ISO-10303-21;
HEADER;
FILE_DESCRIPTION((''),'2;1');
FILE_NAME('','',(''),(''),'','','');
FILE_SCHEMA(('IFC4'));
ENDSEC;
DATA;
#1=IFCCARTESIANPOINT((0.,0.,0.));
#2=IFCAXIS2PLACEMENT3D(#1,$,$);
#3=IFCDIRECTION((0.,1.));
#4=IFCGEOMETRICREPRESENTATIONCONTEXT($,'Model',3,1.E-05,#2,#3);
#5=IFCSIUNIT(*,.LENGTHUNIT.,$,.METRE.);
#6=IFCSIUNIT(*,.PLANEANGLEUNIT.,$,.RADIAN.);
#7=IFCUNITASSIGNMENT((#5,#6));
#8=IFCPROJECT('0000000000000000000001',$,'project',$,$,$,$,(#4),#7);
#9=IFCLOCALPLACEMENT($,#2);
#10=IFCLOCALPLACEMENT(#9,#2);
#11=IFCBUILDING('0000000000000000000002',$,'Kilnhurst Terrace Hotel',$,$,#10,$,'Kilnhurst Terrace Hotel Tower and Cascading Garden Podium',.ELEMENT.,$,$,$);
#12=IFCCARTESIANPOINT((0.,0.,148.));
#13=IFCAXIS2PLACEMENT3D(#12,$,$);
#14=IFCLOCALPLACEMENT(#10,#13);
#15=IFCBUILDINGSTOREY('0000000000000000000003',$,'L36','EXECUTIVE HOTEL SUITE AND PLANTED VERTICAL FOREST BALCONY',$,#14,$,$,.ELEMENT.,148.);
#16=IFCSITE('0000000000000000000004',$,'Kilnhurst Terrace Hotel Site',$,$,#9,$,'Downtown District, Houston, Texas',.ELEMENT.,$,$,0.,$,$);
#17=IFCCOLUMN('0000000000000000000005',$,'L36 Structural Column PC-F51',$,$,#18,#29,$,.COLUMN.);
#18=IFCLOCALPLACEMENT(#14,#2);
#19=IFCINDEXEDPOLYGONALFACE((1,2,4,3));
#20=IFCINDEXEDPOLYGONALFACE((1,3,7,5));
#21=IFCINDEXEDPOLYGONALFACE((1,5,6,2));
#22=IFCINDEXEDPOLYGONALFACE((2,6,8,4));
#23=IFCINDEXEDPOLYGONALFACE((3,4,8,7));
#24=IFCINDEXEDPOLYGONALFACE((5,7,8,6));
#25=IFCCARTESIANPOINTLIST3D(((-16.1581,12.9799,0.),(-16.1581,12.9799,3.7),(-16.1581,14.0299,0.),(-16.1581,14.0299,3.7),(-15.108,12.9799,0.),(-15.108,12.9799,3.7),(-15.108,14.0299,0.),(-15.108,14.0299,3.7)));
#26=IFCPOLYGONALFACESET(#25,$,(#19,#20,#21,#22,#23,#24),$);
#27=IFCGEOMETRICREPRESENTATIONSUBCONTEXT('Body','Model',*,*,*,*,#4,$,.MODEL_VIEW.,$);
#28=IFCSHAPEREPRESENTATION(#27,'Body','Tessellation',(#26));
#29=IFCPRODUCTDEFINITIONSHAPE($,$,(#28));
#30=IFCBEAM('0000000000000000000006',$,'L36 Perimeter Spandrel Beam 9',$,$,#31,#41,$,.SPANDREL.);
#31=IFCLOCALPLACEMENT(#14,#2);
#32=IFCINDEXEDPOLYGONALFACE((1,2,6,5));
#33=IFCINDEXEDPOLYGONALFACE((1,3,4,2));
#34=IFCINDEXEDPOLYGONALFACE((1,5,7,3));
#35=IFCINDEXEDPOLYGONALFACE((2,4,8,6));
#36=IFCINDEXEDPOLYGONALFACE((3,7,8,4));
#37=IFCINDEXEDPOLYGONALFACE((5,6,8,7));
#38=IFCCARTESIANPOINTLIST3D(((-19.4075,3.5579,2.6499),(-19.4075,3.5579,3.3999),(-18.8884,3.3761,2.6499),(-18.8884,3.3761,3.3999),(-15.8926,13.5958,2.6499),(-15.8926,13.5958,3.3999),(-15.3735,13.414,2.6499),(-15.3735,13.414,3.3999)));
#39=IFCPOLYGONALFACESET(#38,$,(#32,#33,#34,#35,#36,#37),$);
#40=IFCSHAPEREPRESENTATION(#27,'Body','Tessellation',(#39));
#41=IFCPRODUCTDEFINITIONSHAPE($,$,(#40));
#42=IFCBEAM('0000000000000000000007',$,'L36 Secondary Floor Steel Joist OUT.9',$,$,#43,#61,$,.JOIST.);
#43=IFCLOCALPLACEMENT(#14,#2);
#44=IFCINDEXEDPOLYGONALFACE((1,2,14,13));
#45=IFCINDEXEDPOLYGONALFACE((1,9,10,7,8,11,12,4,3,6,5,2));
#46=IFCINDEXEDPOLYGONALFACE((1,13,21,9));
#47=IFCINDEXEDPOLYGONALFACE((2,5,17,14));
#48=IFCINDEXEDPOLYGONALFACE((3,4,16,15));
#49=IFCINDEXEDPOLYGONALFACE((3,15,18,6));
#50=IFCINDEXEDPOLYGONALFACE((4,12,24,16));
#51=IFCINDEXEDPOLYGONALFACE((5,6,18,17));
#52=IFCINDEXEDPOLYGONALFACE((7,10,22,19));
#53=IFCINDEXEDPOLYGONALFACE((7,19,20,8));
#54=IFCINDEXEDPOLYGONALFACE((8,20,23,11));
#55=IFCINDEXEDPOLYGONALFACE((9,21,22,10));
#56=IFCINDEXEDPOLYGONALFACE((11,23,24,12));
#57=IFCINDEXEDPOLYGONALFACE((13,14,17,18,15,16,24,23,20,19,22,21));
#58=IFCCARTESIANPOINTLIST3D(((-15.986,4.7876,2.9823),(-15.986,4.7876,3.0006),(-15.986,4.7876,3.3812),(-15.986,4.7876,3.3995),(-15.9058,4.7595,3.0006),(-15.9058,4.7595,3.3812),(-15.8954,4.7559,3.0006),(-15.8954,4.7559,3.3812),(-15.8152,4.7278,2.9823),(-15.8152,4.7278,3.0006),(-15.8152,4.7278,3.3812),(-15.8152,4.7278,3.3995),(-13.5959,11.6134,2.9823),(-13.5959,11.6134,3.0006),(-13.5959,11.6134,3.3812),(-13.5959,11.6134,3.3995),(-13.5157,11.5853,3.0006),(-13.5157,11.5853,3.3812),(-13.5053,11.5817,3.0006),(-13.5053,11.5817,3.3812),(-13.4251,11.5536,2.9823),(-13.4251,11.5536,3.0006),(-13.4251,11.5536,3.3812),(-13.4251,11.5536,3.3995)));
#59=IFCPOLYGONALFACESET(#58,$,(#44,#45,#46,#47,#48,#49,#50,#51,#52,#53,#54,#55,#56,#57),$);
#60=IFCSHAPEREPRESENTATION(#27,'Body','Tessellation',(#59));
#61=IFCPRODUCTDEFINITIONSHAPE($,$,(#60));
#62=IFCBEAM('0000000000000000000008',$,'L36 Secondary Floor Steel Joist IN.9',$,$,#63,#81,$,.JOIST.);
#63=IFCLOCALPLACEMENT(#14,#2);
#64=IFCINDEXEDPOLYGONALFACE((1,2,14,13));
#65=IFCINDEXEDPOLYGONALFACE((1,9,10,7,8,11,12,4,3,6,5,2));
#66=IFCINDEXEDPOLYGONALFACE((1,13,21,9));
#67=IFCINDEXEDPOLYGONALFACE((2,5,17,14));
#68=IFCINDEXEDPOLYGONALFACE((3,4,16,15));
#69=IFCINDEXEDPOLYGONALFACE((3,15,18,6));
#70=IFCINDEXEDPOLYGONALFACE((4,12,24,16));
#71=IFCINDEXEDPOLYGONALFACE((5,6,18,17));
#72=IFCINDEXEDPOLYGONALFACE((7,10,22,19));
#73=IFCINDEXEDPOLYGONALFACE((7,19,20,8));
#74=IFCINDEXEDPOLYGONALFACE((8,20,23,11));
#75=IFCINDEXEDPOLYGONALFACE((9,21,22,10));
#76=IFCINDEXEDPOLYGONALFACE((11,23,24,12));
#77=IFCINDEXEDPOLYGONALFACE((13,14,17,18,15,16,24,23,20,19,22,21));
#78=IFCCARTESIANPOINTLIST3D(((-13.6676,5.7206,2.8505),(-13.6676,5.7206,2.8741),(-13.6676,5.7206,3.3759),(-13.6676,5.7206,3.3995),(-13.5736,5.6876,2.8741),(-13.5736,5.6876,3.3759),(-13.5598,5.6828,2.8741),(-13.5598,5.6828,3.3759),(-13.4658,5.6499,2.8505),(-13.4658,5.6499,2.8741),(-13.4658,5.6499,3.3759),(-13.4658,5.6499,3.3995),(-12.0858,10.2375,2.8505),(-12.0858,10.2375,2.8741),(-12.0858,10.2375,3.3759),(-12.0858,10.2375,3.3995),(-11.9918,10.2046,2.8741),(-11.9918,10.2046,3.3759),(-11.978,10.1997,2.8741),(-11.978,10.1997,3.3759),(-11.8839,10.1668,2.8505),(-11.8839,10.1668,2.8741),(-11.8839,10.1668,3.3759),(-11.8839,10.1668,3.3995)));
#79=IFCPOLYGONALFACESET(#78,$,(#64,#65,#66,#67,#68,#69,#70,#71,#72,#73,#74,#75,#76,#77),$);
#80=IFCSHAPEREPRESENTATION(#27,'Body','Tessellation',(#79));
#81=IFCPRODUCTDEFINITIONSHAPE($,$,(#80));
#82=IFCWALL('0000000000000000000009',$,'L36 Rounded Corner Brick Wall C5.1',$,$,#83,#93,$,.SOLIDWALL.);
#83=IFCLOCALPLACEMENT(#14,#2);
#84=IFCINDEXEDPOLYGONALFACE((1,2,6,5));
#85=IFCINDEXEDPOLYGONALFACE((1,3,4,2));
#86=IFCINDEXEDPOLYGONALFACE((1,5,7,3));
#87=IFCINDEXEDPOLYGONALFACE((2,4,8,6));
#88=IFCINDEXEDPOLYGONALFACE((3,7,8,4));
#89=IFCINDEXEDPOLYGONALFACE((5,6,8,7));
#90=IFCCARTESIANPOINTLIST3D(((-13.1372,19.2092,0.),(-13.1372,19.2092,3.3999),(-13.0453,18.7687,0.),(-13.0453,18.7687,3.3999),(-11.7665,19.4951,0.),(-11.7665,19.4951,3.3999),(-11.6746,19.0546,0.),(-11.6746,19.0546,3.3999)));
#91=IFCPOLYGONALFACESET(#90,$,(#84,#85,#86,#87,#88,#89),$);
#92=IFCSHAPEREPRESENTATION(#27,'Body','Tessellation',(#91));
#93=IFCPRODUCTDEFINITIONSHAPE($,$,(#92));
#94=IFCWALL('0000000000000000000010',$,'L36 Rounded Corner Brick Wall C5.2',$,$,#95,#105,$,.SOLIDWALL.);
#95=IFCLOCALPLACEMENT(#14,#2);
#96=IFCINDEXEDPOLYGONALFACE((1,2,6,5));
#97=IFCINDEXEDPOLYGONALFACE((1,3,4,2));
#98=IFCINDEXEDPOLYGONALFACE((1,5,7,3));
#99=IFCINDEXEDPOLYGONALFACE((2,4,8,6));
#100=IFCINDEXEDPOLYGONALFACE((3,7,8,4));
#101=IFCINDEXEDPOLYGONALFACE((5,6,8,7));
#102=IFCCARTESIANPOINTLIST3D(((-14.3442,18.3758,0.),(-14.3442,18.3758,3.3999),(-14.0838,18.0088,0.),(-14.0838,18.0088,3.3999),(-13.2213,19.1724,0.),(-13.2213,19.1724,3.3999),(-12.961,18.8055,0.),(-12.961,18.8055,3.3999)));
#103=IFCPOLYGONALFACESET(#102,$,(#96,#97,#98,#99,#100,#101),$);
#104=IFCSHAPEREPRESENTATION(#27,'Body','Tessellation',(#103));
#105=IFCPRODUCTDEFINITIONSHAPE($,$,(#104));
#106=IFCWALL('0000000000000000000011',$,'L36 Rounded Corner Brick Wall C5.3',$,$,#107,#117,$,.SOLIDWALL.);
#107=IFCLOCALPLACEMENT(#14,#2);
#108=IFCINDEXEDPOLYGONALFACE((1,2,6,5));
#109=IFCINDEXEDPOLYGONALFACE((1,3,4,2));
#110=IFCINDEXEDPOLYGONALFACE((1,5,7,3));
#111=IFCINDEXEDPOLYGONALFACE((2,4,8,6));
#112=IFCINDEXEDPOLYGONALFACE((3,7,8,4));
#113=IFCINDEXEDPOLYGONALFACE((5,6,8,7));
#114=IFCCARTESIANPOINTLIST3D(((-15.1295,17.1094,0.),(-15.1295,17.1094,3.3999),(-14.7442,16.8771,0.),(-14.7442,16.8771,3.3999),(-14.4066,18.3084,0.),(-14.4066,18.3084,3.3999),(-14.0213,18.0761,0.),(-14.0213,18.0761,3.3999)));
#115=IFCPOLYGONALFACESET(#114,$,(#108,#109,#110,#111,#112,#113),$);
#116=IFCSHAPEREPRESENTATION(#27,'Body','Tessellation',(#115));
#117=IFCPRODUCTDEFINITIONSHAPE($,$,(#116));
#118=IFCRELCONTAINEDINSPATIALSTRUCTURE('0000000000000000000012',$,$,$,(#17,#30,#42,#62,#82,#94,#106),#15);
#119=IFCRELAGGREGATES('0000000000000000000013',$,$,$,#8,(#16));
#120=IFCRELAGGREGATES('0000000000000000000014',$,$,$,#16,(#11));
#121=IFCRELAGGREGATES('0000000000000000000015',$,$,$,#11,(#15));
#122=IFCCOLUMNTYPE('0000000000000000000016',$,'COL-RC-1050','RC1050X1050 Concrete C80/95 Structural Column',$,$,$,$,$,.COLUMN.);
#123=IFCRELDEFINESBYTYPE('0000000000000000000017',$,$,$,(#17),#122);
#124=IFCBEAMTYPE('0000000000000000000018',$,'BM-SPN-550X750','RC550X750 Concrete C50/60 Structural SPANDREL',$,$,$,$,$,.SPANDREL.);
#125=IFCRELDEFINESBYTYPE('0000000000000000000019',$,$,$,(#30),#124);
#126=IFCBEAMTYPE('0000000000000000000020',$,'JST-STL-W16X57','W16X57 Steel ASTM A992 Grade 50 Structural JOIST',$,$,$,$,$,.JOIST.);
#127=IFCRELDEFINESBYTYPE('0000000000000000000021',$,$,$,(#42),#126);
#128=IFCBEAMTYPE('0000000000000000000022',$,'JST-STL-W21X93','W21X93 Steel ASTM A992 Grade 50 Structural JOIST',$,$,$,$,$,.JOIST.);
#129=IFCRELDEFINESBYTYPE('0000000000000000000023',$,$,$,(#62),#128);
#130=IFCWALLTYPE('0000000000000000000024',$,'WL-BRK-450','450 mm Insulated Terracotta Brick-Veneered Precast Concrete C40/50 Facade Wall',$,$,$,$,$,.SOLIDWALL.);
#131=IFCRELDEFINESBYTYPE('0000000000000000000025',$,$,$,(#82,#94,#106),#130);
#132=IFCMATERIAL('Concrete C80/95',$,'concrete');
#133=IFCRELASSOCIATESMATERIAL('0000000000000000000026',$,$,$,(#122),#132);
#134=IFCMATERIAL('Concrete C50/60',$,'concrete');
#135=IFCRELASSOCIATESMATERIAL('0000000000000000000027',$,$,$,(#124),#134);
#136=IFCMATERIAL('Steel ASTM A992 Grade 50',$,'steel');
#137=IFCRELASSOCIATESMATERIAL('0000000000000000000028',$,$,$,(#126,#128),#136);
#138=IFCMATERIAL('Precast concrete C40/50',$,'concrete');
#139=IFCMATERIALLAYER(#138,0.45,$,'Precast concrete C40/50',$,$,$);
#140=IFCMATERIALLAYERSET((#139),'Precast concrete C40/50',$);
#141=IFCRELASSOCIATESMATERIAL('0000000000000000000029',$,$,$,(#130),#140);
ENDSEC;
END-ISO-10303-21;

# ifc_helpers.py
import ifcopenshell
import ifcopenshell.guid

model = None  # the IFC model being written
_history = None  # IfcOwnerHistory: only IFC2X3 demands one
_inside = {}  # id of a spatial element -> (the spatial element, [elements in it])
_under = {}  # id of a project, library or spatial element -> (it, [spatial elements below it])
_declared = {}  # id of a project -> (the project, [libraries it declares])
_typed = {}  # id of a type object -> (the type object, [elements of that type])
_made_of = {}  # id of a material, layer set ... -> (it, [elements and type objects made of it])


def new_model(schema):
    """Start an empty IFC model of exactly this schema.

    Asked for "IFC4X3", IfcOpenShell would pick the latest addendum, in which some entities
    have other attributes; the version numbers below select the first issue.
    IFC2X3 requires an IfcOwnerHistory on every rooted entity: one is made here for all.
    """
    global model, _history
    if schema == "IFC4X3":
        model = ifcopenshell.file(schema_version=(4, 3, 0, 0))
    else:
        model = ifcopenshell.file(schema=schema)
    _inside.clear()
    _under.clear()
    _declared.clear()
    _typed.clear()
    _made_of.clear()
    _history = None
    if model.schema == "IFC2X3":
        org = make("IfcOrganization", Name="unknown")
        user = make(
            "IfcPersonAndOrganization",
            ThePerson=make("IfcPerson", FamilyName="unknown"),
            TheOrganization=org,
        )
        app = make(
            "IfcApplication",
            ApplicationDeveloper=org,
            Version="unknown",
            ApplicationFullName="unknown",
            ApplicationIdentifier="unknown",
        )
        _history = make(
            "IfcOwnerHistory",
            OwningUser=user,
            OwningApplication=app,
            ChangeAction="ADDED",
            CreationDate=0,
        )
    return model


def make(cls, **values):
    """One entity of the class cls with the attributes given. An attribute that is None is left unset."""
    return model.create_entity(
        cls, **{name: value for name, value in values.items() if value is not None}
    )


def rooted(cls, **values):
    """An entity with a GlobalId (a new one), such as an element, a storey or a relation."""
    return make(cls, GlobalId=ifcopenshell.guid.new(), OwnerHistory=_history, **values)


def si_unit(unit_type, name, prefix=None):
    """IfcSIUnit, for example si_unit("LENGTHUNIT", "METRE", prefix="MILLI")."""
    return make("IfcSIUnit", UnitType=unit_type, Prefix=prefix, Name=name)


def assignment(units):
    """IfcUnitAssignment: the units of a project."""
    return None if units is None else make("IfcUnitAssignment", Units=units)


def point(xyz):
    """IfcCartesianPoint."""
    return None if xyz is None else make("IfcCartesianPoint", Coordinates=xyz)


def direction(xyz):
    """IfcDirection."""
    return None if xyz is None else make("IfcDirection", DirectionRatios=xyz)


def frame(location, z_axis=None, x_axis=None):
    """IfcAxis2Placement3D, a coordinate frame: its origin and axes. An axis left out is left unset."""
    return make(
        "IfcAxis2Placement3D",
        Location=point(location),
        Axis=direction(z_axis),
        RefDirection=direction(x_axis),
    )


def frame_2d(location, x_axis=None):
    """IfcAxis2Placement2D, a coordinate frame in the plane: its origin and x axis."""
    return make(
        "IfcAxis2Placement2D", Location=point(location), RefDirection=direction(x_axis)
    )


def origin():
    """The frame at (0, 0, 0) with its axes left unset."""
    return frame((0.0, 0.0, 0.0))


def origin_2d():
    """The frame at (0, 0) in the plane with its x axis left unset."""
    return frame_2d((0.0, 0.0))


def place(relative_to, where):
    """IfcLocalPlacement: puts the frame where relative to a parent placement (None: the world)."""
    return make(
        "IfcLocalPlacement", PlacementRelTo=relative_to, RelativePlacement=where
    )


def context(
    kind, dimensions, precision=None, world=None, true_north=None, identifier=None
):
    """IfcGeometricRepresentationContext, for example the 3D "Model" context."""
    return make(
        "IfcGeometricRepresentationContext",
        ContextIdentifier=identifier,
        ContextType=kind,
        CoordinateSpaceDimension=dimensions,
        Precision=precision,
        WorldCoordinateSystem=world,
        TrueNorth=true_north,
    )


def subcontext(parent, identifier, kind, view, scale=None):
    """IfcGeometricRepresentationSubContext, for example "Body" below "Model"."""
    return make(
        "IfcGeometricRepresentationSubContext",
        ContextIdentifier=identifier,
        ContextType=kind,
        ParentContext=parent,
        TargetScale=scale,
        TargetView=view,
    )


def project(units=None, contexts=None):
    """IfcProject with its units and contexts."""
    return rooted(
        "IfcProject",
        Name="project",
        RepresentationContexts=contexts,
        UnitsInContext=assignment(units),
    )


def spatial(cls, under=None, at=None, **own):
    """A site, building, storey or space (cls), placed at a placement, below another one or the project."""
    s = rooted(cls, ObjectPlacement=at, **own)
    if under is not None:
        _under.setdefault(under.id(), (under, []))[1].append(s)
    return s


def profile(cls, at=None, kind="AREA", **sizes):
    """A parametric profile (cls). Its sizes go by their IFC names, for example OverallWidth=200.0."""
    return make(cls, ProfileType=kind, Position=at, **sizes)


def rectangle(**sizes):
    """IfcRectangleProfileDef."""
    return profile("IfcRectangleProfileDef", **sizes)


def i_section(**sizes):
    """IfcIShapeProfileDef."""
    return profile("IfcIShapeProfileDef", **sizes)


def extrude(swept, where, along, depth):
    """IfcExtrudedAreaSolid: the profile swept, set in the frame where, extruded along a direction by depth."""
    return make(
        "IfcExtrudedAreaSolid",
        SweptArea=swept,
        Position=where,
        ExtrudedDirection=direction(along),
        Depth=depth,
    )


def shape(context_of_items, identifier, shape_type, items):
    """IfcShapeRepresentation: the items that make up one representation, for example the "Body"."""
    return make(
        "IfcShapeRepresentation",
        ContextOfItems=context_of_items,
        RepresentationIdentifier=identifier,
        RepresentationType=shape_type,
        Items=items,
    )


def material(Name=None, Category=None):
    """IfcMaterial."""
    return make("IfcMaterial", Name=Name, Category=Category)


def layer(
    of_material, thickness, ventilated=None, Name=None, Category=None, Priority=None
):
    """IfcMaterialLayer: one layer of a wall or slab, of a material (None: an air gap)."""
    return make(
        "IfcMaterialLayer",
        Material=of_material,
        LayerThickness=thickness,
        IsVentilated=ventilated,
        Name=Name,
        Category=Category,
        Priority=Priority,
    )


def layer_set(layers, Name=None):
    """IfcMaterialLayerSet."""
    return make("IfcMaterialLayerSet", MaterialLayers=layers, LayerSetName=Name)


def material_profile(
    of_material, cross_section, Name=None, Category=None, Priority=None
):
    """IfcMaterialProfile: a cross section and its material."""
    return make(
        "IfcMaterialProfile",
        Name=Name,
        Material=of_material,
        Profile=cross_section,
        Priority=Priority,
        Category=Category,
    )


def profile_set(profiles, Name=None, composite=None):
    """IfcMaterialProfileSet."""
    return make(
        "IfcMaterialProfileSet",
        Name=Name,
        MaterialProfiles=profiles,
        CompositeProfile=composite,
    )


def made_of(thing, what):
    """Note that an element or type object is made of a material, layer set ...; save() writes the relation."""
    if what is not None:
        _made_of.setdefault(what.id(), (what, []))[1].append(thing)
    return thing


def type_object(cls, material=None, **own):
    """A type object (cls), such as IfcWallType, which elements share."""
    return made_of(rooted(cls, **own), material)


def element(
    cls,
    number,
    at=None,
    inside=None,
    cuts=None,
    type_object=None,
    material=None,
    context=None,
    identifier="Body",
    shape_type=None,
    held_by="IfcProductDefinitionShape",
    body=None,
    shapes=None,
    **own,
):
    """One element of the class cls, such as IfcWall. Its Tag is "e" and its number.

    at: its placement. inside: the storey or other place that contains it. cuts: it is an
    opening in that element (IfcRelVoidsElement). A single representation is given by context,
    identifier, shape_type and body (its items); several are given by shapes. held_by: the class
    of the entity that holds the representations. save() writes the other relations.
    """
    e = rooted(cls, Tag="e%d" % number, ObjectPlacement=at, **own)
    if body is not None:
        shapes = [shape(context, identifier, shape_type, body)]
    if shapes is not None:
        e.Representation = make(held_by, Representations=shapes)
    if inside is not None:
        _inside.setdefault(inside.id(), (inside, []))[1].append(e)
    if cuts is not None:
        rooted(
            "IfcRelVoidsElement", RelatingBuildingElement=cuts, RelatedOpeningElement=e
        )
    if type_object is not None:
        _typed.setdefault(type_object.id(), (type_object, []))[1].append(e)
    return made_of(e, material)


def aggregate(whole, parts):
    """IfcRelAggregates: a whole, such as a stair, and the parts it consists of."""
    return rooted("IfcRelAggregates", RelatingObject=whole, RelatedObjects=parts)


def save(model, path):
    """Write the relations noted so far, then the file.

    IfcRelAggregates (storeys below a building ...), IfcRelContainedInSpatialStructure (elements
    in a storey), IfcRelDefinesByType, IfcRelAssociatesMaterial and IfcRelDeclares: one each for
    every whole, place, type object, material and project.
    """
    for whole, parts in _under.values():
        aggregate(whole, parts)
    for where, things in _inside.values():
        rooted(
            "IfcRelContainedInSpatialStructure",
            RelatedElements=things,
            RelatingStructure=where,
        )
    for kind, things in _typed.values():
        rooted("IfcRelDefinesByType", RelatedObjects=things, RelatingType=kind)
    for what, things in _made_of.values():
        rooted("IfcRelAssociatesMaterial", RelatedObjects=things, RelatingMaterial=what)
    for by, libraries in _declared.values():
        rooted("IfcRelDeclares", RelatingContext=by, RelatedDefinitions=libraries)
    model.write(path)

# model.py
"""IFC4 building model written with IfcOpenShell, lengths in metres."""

from ifc_helpers import new_model, si_unit, direction, frame, frame_2d, origin, origin_2d, place, context, subcontext, project, spatial, rectangle, i_section, extrude, material, layer, layer_set, material_profile, profile_set, type_object, element, save


model = new_model("IFC4")

# Units and contexts
model_context = context("Model", 3, precision=1e-05, world=origin(), true_north=direction((0.0, 1.0)))
body_context = subcontext(model_context, "Body", "Model", "MODEL_VIEW")
ifc_project = project(units=[si_unit("LENGTHUNIT", "METRE"), si_unit("PLANEANGLEUNIT", "RADIAN")], contexts=[model_context])

# Site, building, storey
site_placement = place(None, origin())
site = spatial("IfcSite", under=ifc_project, at=site_placement, Name="Kilnhurst Terrace Hotel Site", LongName="Downtown District, Houston, Texas", CompositionType="ELEMENT", RefElevation=0.0)
building_placement = place(site_placement, origin())
building = spatial("IfcBuilding", under=site, at=building_placement, Name="Kilnhurst Terrace Hotel", LongName="Kilnhurst Terrace Hotel Tower and Cascading Garden Podium", CompositionType="ELEMENT")
storey_placement = place(building_placement, frame((0.0, 0.0, 148.0)))
storey = spatial("IfcBuildingStorey", under=building, at=storey_placement, Name="L36", Description="EXECUTIVE HOTEL SUITE AND PLANTED VERTICAL FOREST BALCONY", CompositionType="ELEMENT", Elevation=148.0)

# Column
ifc_material_1 = material(Name="Concrete C80/95", Category="concrete")
ifc_material_profile_1 = material_profile(ifc_material_1, rectangle(XDim=1.05, YDim=1.05, at=origin_2d()), Name="RC1050X1050")
ifc_profile_set_1 = profile_set([ifc_material_profile_1], Name="Concrete C80/95")
column_type = type_object("IfcColumnType", Name="COL-RC-1050", Description="RC1050X1050 Concrete C80/95 Structural Column", PredefinedType="COLUMN", material=ifc_profile_set_1)
column_placement = place(storey_placement, frame((-15.6331, 13.5049, 0.0), z_axis=(0.0, 0.0, 1.0), x_axis=(1.0, 0.0, 0.0)))
element("IfcColumn", 1, at=column_placement, inside=storey, type_object=column_type, Name="L36 Structural Column PC-F51", PredefinedType="COLUMN", context=body_context, shape_type="SweptSolid", body=[
    extrude(rectangle(XDim=1.05, YDim=1.05, at=origin_2d()), origin(), (0.0, 0.0, 1.0), 3.7),
])

# Beams
ifc_material_2 = material(Name="Concrete C50/60", Category="concrete")
ifc_material_profile_2 = material_profile(ifc_material_2, rectangle(XDim=0.55, YDim=0.75, at=origin_2d()), Name="RC550X750")
ifc_profile_set_2 = profile_set([ifc_material_profile_2], Name="Concrete C50/60")
beam_type_1 = type_object("IfcBeamType", Name="BM-SPN-550X750", Description="RC550X750 Concrete C50/60 Structural SPANDREL", PredefinedType="SPANDREL", material=ifc_profile_set_2)
beam_1_placement = place(storey_placement, frame((-15.6331, 13.5049, 3.0249), z_axis=(-0.330488, -0.94381, 0.0), x_axis=(0.94381, -0.330488, 0.0)))
element("IfcBeam", 2, at=beam_1_placement, inside=storey, type_object=beam_type_1, Name="L36 Perimeter Spandrel Beam 9", PredefinedType="SPANDREL", context=body_context, shape_type="SweptSolid", body=[
    extrude(rectangle(XDim=0.55, YDim=0.75, at=origin_2d()), origin(), (0.0, 0.0, 1.0), 10.6355),
])
ifc_material_3 = material(Name="Steel ASTM A992 Grade 50", Category="steel")
ifc_material_profile_3 = material_profile(ifc_material_3, i_section(OverallWidth=0.1809, OverallDepth=0.4172, WebThickness=0.011, FlangeThickness=0.0183, at=origin_2d()), Name="W16X57")
ifc_profile_set_3 = profile_set([ifc_material_profile_3], Name="Steel ASTM A992 Grade 50")
beam_type_2 = type_object("IfcBeamType", Name="JST-STL-W16X57", Description="W16X57 Steel ASTM A992 Grade 50 Structural JOIST", PredefinedType="JOIST", material=ifc_profile_set_3)
beam_2_placement = place(storey_placement, frame((-13.5105, 11.5835, 3.1909), z_axis=(-0.330481, -0.943813, 0.0), x_axis=(0.943813, -0.330481, 0.0)))
element("IfcBeam", 3, at=beam_2_placement, inside=storey, type_object=beam_type_2, Name="L36 Secondary Floor Steel Joist OUT.9", PredefinedType="JOIST", context=body_context, shape_type="SweptSolid", body=[
    extrude(i_section(OverallWidth=0.1809, OverallDepth=0.4172, WebThickness=0.011, FlangeThickness=0.0183, at=origin_2d()), origin(), (0.0, 0.0, 1.0), 7.2322),
])
ifc_material_profile_4 = material_profile(ifc_material_3, i_section(OverallWidth=0.2139, OverallDepth=0.5491, WebThickness=0.0146, FlangeThickness=0.0237, at=origin_2d()), Name="W21X93")
ifc_profile_set_4 = profile_set([ifc_material_profile_4], Name="Steel ASTM A992 Grade 50")
beam_type_3 = type_object("IfcBeamType", Name="JST-STL-W21X93", Description="W21X93 Steel ASTM A992 Grade 50 Structural JOIST", PredefinedType="JOIST", material=ifc_profile_set_4)
beam_3_placement = place(storey_placement, frame((-11.9849, 10.2021, 3.125), z_axis=(-0.330516, -0.9438, 0.0), x_axis=(0.9438, -0.330516, 0.0)))
element("IfcBeam", 4, at=beam_3_placement, inside=storey, type_object=beam_type_3, Name="L36 Secondary Floor Steel Joist IN.9", PredefinedType="JOIST", context=body_context, shape_type="SweptSolid", body=[
    extrude(i_section(OverallWidth=0.2139, OverallDepth=0.5491, WebThickness=0.0146, FlangeThickness=0.0237, at=origin_2d()), origin(), (0.0, 0.0, 1.0), 4.7859),
])

# Walls
ifc_material_4 = material(Name="Precast concrete C40/50", Category="concrete")
ifc_layer_1 = layer(ifc_material_4, 0.45, Name="Precast concrete C40/50")
ifc_layer_set_1 = layer_set([ifc_layer_1], Name="Precast concrete C40/50")
wall_type_1 = type_object("IfcWallType", Name="WL-BRK-450", Description="450 mm Insulated Terracotta Brick-Veneered Precast Concrete C40/50 Facade Wall", PredefinedType="SOLIDWALL", material=ifc_layer_set_1)
wall_1_placement = place(storey_placement, frame((-11.7205, 19.2749, 0.0), z_axis=(0.0, 0.0, 1.0), x_axis=(-0.978931, -0.204191, 0.0)))
element("IfcWall", 5, at=wall_1_placement, inside=storey, type_object=wall_type_1, Name="L36 Rounded Corner Brick Wall C5.1", PredefinedType="SOLIDWALL", context=body_context, shape_type="SweptSolid", body=[
    extrude(rectangle(XDim=1.4001, YDim=0.45, at=frame_2d((0.7002, 0.0))), origin(), (0.0, 0.0, 1.0), 3.3999),
])
wall_2_placement = place(storey_placement, frame((-13.0911, 18.989, 0.0), z_axis=(0.0, 0.0, 1.0), x_axis=(-0.815575, -0.578652, 0.0)))
element("IfcWall", 6, at=wall_2_placement, inside=storey, type_object=wall_type_1, Name="L36 Rounded Corner Brick Wall C5.2", PredefinedType="SOLIDWALL", context=body_context, shape_type="SweptSolid", body=[
    extrude(rectangle(XDim=1.3767, YDim=0.45, at=frame_2d((0.6885, 0.0))), origin(), (0.0, 0.0, 1.0), 3.3999),
])
wall_3_placement = place(storey_placement, frame((-14.2139, 18.1924, 0.0), z_axis=(0.0, 0.0, 1.0), x_axis=(-0.516341, -0.856383, 0.0)))
element("IfcWall", 7, at=wall_3_placement, inside=storey, type_object=wall_type_1, Name="L36 Rounded Corner Brick Wall C5.3", PredefinedType="SOLIDWALL", context=body_context, shape_type="SweptSolid", body=[
    extrude(rectangle(XDim=1.4001, YDim=0.45, at=frame_2d((0.7002, 0.0))), origin(), (0.0, 0.0, 1.0), 3.3999),
])

save(model, "model.ifc")
